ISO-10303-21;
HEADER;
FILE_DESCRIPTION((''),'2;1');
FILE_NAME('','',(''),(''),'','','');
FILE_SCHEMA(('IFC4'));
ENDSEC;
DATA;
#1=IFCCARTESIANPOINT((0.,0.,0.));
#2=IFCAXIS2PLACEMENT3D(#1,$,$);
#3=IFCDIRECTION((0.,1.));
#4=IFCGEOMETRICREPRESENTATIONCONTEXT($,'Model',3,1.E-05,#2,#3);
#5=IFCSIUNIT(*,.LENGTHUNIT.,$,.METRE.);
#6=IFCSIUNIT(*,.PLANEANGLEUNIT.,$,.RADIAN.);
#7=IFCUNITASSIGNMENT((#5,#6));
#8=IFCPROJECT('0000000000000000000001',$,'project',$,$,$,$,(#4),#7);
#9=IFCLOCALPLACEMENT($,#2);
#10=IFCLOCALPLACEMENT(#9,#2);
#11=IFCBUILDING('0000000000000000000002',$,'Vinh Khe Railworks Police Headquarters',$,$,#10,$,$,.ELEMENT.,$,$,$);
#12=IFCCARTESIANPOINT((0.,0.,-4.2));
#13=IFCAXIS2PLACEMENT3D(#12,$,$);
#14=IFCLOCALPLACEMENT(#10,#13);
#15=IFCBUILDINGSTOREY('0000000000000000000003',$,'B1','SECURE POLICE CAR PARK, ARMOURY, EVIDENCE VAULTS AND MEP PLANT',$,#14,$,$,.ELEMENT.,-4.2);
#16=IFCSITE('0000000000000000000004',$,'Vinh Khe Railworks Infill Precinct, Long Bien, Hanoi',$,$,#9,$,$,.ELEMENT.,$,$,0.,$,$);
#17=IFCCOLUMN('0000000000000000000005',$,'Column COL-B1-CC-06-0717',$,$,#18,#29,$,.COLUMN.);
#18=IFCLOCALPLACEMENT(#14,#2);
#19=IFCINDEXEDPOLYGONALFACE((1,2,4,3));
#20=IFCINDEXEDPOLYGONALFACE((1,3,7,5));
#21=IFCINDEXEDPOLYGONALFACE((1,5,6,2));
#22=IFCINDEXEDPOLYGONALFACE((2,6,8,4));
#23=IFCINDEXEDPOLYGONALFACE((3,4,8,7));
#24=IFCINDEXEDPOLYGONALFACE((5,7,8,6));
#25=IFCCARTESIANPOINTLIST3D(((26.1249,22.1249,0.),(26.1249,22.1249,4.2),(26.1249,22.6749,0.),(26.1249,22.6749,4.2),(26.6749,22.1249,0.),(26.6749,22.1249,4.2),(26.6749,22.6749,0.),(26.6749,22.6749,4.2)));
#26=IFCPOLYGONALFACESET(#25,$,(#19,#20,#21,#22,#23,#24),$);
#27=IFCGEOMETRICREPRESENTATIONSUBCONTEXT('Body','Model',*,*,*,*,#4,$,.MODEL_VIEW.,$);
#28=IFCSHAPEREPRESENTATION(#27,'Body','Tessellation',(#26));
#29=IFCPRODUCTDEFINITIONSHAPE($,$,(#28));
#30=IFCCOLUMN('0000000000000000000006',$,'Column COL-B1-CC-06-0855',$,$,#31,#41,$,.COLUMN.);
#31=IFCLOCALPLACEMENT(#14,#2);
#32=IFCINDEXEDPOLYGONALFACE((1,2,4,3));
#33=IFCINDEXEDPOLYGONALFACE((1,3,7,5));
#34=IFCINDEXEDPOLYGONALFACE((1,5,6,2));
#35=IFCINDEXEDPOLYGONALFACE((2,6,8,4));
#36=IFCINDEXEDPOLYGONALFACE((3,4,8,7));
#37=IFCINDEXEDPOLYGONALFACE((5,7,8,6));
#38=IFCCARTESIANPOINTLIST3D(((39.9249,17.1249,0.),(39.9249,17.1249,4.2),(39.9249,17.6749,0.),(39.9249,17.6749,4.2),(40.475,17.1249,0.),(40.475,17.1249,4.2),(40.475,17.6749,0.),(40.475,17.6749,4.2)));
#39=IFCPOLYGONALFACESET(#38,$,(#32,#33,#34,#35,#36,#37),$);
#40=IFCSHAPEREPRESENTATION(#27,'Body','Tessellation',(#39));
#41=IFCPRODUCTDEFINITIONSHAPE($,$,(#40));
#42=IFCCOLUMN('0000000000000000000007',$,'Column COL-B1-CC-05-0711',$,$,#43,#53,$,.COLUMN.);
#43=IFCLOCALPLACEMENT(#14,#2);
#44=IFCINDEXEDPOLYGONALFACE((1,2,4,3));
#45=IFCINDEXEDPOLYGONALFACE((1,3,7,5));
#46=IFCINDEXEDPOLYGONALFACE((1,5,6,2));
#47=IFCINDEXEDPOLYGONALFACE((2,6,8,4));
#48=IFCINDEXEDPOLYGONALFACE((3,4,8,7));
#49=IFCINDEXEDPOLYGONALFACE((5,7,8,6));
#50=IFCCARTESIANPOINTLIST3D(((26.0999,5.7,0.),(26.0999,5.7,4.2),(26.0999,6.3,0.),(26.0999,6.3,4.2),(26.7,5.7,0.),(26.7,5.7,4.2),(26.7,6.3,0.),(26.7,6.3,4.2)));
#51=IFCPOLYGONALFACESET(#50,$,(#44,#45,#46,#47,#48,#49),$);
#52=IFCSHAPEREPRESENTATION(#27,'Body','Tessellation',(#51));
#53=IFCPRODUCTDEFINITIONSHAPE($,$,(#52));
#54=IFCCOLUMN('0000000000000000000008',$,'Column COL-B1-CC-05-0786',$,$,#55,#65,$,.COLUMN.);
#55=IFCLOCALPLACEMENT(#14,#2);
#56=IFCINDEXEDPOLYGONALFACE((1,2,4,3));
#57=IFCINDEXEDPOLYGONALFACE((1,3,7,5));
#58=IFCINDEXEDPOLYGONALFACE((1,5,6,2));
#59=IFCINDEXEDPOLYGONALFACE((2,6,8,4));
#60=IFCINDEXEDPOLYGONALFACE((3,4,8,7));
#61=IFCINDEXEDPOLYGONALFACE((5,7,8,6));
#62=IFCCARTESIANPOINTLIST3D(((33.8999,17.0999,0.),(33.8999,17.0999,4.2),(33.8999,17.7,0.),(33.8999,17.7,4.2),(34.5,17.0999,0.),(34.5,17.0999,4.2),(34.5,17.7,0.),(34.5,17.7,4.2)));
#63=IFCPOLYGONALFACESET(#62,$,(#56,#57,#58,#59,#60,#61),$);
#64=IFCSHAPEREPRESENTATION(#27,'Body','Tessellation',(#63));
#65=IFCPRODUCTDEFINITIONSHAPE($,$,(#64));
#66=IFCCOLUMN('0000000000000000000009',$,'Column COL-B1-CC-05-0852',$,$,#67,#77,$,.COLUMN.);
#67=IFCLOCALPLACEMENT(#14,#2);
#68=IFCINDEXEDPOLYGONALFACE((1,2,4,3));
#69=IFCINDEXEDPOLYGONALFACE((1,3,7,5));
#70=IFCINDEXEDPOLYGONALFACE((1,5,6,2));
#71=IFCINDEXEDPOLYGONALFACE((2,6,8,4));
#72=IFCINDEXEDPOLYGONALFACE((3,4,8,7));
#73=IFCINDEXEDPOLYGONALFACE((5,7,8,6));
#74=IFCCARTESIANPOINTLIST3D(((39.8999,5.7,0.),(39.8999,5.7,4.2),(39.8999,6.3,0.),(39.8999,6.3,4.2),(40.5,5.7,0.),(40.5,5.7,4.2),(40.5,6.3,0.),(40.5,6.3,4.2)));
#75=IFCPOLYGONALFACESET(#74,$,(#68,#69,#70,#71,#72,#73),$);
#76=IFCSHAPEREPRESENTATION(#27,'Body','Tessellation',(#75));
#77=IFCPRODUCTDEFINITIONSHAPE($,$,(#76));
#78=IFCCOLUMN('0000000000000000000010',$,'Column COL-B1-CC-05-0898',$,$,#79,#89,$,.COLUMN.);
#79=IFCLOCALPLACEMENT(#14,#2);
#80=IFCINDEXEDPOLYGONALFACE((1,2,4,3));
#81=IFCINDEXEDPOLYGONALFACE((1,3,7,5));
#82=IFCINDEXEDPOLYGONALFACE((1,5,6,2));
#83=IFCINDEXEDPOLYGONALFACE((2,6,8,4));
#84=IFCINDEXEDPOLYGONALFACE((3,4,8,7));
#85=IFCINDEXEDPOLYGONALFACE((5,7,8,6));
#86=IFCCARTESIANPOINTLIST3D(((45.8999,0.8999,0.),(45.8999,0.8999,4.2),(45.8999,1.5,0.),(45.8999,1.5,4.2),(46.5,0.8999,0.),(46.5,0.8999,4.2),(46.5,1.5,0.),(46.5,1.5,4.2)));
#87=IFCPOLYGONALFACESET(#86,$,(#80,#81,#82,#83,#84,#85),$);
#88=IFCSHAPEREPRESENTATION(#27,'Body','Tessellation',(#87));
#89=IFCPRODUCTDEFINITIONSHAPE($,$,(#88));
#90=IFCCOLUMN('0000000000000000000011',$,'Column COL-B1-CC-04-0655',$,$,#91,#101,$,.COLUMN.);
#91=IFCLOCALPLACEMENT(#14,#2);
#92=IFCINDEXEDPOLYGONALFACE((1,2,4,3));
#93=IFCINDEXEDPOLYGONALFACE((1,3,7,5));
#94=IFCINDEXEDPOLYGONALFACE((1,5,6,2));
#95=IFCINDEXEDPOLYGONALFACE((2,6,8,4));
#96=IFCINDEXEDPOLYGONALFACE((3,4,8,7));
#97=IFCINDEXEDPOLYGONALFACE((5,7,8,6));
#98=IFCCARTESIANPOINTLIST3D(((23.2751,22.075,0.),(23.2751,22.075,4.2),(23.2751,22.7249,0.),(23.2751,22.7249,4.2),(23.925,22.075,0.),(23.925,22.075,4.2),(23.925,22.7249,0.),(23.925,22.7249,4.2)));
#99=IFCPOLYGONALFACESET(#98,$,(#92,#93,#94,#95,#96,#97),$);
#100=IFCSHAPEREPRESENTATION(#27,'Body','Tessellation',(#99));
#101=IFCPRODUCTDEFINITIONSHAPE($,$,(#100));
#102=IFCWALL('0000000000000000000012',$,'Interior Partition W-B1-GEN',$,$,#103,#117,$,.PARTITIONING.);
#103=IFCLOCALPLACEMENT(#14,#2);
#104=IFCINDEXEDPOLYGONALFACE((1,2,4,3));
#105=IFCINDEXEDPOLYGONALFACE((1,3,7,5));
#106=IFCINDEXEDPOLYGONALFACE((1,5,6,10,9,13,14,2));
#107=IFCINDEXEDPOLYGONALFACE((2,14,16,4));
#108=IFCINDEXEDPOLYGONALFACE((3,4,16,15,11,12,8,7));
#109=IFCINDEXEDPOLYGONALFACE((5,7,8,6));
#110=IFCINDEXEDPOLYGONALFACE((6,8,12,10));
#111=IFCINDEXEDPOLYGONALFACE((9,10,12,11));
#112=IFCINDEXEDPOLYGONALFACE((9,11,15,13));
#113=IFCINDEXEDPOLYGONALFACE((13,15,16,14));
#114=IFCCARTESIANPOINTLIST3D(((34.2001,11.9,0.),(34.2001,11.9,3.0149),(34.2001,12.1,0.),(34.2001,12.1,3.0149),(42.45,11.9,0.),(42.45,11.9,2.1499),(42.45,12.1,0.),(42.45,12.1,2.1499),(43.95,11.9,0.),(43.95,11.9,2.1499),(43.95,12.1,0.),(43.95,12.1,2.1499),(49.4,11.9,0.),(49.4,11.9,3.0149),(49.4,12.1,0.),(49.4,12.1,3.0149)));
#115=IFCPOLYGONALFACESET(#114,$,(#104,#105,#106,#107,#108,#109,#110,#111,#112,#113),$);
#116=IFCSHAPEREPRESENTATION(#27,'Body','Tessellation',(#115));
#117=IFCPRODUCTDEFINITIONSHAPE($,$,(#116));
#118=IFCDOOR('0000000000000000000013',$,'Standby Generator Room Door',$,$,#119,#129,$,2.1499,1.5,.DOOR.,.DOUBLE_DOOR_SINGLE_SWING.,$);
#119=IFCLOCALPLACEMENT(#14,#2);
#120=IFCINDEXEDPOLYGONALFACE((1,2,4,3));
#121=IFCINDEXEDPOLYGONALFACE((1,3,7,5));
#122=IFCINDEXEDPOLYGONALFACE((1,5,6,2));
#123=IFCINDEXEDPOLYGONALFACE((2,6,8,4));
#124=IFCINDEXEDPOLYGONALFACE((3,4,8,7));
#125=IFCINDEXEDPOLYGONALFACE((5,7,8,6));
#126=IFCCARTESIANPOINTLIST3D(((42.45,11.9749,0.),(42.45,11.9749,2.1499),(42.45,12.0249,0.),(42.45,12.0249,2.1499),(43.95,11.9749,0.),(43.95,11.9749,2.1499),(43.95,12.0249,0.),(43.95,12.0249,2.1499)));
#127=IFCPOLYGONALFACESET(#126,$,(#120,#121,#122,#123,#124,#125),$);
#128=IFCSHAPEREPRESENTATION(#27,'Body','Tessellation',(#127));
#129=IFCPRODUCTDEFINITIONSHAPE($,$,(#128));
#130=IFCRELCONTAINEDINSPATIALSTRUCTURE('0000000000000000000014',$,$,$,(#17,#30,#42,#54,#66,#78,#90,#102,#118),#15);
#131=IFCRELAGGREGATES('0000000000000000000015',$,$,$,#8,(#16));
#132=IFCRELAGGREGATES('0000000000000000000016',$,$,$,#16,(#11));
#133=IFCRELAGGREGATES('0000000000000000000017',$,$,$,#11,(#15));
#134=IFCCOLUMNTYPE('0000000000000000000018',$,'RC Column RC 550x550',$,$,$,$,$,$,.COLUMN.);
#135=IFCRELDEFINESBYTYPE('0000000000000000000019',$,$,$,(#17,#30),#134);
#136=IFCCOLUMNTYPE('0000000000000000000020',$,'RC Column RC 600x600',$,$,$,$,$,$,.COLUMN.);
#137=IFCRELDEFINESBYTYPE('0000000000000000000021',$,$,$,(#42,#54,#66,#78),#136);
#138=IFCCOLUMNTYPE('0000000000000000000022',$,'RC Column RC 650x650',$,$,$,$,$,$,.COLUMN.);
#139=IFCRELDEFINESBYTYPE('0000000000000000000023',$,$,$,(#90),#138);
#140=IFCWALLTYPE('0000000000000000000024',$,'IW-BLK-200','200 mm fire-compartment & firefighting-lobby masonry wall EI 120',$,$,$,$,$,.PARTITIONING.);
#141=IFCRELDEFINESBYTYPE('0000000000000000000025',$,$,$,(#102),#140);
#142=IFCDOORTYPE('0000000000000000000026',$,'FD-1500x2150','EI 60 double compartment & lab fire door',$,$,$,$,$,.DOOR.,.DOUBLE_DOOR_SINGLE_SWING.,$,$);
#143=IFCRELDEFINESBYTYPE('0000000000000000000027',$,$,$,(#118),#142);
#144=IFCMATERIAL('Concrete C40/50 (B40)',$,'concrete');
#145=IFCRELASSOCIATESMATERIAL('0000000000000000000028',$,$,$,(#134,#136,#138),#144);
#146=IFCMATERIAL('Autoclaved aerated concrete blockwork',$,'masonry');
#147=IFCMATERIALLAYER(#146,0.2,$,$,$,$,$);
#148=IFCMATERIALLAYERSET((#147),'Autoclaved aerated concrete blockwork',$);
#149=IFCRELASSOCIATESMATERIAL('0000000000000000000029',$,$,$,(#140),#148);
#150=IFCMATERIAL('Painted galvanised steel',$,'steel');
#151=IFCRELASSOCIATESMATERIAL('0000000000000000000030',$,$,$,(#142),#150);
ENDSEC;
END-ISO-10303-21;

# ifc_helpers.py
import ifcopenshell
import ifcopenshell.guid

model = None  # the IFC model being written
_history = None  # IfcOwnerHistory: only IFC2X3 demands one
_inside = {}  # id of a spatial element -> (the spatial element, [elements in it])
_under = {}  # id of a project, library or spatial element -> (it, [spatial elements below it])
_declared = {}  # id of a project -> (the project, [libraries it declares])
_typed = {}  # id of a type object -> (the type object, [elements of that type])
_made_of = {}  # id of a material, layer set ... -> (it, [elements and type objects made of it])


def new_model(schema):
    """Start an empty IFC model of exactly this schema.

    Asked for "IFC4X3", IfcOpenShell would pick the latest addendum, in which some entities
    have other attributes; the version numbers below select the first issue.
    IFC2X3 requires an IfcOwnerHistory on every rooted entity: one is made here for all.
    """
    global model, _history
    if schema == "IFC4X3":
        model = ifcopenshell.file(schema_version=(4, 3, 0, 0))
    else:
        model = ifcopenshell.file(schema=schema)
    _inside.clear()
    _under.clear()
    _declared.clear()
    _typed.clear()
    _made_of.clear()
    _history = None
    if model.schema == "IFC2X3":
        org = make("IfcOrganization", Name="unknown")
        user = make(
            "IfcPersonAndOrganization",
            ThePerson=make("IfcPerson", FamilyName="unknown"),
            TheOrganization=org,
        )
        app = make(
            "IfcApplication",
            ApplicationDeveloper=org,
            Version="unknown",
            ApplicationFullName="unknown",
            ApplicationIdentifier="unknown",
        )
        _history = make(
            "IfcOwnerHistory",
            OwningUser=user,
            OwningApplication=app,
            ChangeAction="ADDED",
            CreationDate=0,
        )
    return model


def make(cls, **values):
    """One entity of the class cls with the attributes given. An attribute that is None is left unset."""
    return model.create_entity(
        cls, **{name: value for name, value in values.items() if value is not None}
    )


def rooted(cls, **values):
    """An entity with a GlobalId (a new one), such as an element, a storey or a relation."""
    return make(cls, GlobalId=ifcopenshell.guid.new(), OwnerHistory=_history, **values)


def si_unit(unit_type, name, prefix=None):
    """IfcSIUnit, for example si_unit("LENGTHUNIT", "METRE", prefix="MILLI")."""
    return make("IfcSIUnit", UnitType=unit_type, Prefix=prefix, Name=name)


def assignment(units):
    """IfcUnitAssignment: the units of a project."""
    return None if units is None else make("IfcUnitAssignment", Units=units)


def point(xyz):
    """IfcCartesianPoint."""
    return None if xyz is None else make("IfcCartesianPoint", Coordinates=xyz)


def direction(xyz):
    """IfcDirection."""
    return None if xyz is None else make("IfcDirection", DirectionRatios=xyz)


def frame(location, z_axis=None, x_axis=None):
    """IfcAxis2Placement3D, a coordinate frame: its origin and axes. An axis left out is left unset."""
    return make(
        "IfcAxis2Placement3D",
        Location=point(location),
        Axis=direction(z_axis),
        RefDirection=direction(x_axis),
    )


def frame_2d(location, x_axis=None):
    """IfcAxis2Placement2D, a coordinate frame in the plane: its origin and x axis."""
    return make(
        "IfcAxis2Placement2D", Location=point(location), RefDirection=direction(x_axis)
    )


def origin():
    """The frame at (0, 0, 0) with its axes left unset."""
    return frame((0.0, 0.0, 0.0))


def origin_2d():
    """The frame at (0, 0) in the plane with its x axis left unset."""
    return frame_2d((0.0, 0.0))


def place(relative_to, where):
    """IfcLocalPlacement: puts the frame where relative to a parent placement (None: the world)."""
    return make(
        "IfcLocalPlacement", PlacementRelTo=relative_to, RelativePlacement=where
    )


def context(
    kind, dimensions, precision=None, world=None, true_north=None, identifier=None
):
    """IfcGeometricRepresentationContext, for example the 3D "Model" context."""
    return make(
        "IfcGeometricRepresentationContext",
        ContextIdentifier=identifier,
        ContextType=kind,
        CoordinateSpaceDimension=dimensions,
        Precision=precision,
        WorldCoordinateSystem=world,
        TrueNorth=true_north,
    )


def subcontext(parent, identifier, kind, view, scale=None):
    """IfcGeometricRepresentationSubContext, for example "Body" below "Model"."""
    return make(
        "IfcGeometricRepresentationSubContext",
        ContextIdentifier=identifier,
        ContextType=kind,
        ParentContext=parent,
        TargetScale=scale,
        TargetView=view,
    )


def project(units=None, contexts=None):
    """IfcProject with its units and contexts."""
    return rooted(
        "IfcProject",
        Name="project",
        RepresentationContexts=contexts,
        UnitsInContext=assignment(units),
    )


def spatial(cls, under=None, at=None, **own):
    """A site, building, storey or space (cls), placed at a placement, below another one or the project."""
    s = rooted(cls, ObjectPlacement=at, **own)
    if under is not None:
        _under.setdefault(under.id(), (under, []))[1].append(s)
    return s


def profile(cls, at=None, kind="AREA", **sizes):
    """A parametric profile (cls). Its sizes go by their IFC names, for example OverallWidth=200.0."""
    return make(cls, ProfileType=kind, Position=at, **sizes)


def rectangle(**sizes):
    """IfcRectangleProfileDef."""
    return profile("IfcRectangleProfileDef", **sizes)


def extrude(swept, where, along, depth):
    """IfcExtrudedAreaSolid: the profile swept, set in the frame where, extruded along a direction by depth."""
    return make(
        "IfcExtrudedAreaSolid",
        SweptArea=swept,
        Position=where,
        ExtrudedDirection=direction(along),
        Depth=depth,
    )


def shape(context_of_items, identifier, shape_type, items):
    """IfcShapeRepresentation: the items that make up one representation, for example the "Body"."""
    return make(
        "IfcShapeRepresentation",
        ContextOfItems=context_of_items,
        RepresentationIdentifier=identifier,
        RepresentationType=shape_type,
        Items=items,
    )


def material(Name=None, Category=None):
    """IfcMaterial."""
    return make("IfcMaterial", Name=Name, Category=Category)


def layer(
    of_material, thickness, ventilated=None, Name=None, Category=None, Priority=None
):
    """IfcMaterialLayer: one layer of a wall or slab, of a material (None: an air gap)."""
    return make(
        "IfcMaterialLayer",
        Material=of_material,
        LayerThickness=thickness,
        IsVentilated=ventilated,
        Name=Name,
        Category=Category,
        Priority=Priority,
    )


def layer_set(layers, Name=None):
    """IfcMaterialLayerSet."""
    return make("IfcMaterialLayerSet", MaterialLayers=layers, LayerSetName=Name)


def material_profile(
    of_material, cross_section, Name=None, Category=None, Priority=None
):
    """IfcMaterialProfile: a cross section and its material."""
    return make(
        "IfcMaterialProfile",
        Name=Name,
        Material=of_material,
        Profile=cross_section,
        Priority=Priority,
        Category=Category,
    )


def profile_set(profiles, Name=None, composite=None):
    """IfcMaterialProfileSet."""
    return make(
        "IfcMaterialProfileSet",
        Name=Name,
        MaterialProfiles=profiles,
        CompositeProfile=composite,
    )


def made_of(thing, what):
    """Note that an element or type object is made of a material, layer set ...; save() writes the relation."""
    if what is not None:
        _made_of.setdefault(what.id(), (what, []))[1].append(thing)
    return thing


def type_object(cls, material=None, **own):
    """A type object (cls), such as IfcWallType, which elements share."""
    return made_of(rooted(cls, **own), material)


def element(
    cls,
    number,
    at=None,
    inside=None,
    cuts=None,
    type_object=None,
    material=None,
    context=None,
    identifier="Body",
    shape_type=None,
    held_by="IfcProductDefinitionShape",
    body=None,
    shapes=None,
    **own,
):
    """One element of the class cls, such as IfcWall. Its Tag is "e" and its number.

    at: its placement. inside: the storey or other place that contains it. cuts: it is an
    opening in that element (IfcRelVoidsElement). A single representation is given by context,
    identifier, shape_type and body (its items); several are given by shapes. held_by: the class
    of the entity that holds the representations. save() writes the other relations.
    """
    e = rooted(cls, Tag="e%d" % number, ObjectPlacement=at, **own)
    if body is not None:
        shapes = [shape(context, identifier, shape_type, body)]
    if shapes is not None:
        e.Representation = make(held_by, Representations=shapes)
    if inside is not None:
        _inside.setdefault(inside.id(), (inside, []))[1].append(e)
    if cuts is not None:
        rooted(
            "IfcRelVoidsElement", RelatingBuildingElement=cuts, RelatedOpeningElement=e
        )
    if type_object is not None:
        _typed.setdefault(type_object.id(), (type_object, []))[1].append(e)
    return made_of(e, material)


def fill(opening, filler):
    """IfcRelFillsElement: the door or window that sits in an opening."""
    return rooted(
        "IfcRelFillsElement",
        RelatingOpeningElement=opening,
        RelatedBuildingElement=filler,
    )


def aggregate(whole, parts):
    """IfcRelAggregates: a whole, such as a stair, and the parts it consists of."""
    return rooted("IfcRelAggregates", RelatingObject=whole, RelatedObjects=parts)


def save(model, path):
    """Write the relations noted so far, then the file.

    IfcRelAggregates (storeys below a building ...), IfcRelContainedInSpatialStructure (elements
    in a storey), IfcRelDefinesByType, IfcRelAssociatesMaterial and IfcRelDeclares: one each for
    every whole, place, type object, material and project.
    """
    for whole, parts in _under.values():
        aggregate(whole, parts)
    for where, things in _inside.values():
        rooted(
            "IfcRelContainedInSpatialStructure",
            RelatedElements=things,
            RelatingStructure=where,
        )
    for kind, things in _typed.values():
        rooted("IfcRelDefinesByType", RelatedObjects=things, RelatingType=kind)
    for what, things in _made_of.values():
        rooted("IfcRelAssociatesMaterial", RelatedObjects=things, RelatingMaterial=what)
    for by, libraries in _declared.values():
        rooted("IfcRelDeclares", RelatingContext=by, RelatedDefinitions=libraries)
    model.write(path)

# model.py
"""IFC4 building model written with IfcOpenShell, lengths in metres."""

from ifc_helpers import new_model, si_unit, direction, frame, frame_2d, origin, origin_2d, place, context, subcontext, project, spatial, rectangle, extrude, material, layer, layer_set, material_profile, profile_set, type_object, element, fill, save


model = new_model("IFC4")

# Units and contexts
model_context = context("Model", 3, precision=1e-05, world=origin(), true_north=direction((0.0, 1.0)))
body_context = subcontext(model_context, "Body", "Model", "MODEL_VIEW")
ifc_project = project(units=[si_unit("LENGTHUNIT", "METRE"), si_unit("PLANEANGLEUNIT", "RADIAN")], contexts=[model_context])

# Site, building, storey
site_placement = place(None, origin())
site = spatial("IfcSite", under=ifc_project, at=site_placement, Name="Vinh Khe Railworks Infill Precinct, Long Bien, Hanoi", CompositionType="ELEMENT", RefElevation=0.0)
building_placement = place(site_placement, origin())
building = spatial("IfcBuilding", under=site, at=building_placement, Name="Vinh Khe Railworks Police Headquarters", CompositionType="ELEMENT")
storey_placement = place(building_placement, frame((0.0, 0.0, -4.2)))
storey = spatial("IfcBuildingStorey", under=building, at=storey_placement, Name="B1", Description="SECURE POLICE CAR PARK, ARMOURY, EVIDENCE VAULTS AND MEP PLANT", CompositionType="ELEMENT", Elevation=-4.2)

# Columns
ifc_material_1 = material(Name="Concrete C40/50 (B40)", Category="concrete")
ifc_material_profile_1 = material_profile(ifc_material_1, rectangle(XDim=0.55, YDim=0.55, at=origin_2d()), Name="RC 550x550")
ifc_profile_set_1 = profile_set([ifc_material_profile_1], Name="Concrete C40/50 (B40)")
column_type_1 = type_object("IfcColumnType", Name="RC Column RC 550x550", PredefinedType="COLUMN", material=ifc_profile_set_1)
for number, where, z_axis, x_axis, name in (
    (1, (26.3999, 22.3999, 0.0), (0.0, 0.0, 1.0), (1.0, 0.0, 0.0), "Column COL-B1-CC-06-0717"),
    (2, (40.2, 17.3999, 0.0), (0.0, 0.0, 1.0), (1.0, 0.0, 0.0), "Column COL-B1-CC-06-0855"),
):
    element("IfcColumn", number, at=place(storey_placement, frame(where, z_axis=z_axis, x_axis=x_axis)), inside=storey, type_object=column_type_1, Name=name, PredefinedType="COLUMN", context=body_context, shape_type="SweptSolid", body=[
        extrude(rectangle(XDim=0.55, YDim=0.55, at=origin_2d()), origin(), (0.0, 0.0, 1.0), 4.2),
    ])
ifc_material_profile_2 = material_profile(ifc_material_1, rectangle(XDim=0.6001, YDim=0.6001, at=origin_2d()), Name="RC 600x600")
ifc_profile_set_2 = profile_set([ifc_material_profile_2], Name="Concrete C40/50 (B40)")
column_type_2 = type_object("IfcColumnType", Name="RC Column RC 600x600", PredefinedType="COLUMN", material=ifc_profile_set_2)
for number, where, z_axis, x_axis, name in (
    (3, (26.3999, 6.0, 0.0), (0.0, 0.0, 1.0), (1.0, 0.0, 0.0), "Column COL-B1-CC-05-0711"),
    (4, (34.2, 17.3999, 0.0), (0.0, 0.0, 1.0), (1.0, 0.0, 0.0), "Column COL-B1-CC-05-0786"),
    (5, (40.2, 6.0, 0.0), (0.0, 0.0, 1.0), (1.0, 0.0, 0.0), "Column COL-B1-CC-05-0852"),
    (6, (46.2, 1.2, 0.0), (0.0, 0.0, 1.0), (1.0, 0.0, 0.0), "Column COL-B1-CC-05-0898"),
):
    element("IfcColumn", number, at=place(storey_placement, frame(where, z_axis=z_axis, x_axis=x_axis)), inside=storey, type_object=column_type_2, Name=name, PredefinedType="COLUMN", context=body_context, shape_type="SweptSolid", body=[
        extrude(rectangle(XDim=0.6001, YDim=0.6001, at=origin_2d()), origin(), (0.0, 0.0, 1.0), 4.2),
    ])
ifc_material_profile_3 = material_profile(ifc_material_1, rectangle(XDim=0.6499, YDim=0.6499, at=origin_2d()), Name="RC 650x650")
ifc_profile_set_3 = profile_set([ifc_material_profile_3], Name="Concrete C40/50 (B40)")
column_type_3 = type_object("IfcColumnType", Name="RC Column RC 650x650", PredefinedType="COLUMN", material=ifc_profile_set_3)
column_1_placement = place(storey_placement, frame((23.6001, 22.3999, 0.0), z_axis=(0.0, 0.0, 1.0), x_axis=(1.0, 0.0, 0.0)))
element("IfcColumn", 7, at=column_1_placement, inside=storey, type_object=column_type_3, Name="Column COL-B1-CC-04-0655", PredefinedType="COLUMN", context=body_context, shape_type="SweptSolid", body=[
    extrude(rectangle(XDim=0.6499, YDim=0.6499, at=origin_2d()), origin(), (0.0, 0.0, 1.0), 4.2),
])

# Wall, opening, door
ifc_material_2 = material(Name="Autoclaved aerated concrete blockwork", Category="masonry")
ifc_layer = layer(ifc_material_2, 0.2)
ifc_layer_set = layer_set([ifc_layer], Name="Autoclaved aerated concrete blockwork")
wall_type = type_object("IfcWallType", Name="IW-BLK-200", Description="200 mm fire-compartment & firefighting-lobby masonry wall EI 120", PredefinedType="PARTITIONING", material=ifc_layer_set)
wall_placement = place(storey_placement, frame((34.2, 12.0, 0.0), z_axis=(0.0, 0.0, 1.0), x_axis=(1.0, 0.0, 0.0)))
wall = element("IfcWall", 8, at=wall_placement, inside=storey, type_object=wall_type, Name="Interior Partition W-B1-GEN", PredefinedType="PARTITIONING", context=body_context, shape_type="SweptSolid", body=[
    extrude(rectangle(XDim=15.2, YDim=0.2, at=frame_2d((7.6001, 0.0))), origin(), (0.0, 0.0, 1.0), 3.0149),
])
opening_placement = place(wall_placement, frame((8.25, 0.0, 0.0)))
opening = element("IfcOpeningElement", 9, at=opening_placement, cuts=wall, PredefinedType="OPENING", context=body_context, shape_type="SweptSolid", body=[
    extrude(rectangle(XDim=1.5, YDim=2.1499, at=frame_2d((0.75, 1.075))), frame((0.0, 0.1147, 0.0), z_axis=(0.0, -1.0, 0.0), x_axis=(1.0, 0.0, 0.0)), (0.0, 0.0, 1.0), 0.2297),
])
ifc_material_3 = material(Name="Painted galvanised steel", Category="steel")
door_type = type_object("IfcDoorType", Name="FD-1500x2150", Description="EI 60 double compartment & lab fire door", OperationType="DOUBLE_DOOR_SINGLE_SWING", PredefinedType="DOOR", material=ifc_material_3)
door_placement = place(opening_placement, origin())
door = element("IfcDoor", 10, at=door_placement, inside=storey, type_object=door_type, Name="Standby Generator Room Door", OperationType="DOUBLE_DOOR_SINGLE_SWING", OverallHeight=2.1499, OverallWidth=1.5, PredefinedType="DOOR", context=body_context, shape_type="SweptSolid", body=[
    extrude(rectangle(XDim=1.5, YDim=2.1499, at=frame_2d((0.75, 1.075))), frame((0.0, 0.0249, 0.0), z_axis=(0.0, -1.0, 0.0), x_axis=(1.0, 0.0, 0.0)), (0.0, 0.0, 1.0), 0.05),
])
fill(opening, door)

save(model, "model.ifc")
